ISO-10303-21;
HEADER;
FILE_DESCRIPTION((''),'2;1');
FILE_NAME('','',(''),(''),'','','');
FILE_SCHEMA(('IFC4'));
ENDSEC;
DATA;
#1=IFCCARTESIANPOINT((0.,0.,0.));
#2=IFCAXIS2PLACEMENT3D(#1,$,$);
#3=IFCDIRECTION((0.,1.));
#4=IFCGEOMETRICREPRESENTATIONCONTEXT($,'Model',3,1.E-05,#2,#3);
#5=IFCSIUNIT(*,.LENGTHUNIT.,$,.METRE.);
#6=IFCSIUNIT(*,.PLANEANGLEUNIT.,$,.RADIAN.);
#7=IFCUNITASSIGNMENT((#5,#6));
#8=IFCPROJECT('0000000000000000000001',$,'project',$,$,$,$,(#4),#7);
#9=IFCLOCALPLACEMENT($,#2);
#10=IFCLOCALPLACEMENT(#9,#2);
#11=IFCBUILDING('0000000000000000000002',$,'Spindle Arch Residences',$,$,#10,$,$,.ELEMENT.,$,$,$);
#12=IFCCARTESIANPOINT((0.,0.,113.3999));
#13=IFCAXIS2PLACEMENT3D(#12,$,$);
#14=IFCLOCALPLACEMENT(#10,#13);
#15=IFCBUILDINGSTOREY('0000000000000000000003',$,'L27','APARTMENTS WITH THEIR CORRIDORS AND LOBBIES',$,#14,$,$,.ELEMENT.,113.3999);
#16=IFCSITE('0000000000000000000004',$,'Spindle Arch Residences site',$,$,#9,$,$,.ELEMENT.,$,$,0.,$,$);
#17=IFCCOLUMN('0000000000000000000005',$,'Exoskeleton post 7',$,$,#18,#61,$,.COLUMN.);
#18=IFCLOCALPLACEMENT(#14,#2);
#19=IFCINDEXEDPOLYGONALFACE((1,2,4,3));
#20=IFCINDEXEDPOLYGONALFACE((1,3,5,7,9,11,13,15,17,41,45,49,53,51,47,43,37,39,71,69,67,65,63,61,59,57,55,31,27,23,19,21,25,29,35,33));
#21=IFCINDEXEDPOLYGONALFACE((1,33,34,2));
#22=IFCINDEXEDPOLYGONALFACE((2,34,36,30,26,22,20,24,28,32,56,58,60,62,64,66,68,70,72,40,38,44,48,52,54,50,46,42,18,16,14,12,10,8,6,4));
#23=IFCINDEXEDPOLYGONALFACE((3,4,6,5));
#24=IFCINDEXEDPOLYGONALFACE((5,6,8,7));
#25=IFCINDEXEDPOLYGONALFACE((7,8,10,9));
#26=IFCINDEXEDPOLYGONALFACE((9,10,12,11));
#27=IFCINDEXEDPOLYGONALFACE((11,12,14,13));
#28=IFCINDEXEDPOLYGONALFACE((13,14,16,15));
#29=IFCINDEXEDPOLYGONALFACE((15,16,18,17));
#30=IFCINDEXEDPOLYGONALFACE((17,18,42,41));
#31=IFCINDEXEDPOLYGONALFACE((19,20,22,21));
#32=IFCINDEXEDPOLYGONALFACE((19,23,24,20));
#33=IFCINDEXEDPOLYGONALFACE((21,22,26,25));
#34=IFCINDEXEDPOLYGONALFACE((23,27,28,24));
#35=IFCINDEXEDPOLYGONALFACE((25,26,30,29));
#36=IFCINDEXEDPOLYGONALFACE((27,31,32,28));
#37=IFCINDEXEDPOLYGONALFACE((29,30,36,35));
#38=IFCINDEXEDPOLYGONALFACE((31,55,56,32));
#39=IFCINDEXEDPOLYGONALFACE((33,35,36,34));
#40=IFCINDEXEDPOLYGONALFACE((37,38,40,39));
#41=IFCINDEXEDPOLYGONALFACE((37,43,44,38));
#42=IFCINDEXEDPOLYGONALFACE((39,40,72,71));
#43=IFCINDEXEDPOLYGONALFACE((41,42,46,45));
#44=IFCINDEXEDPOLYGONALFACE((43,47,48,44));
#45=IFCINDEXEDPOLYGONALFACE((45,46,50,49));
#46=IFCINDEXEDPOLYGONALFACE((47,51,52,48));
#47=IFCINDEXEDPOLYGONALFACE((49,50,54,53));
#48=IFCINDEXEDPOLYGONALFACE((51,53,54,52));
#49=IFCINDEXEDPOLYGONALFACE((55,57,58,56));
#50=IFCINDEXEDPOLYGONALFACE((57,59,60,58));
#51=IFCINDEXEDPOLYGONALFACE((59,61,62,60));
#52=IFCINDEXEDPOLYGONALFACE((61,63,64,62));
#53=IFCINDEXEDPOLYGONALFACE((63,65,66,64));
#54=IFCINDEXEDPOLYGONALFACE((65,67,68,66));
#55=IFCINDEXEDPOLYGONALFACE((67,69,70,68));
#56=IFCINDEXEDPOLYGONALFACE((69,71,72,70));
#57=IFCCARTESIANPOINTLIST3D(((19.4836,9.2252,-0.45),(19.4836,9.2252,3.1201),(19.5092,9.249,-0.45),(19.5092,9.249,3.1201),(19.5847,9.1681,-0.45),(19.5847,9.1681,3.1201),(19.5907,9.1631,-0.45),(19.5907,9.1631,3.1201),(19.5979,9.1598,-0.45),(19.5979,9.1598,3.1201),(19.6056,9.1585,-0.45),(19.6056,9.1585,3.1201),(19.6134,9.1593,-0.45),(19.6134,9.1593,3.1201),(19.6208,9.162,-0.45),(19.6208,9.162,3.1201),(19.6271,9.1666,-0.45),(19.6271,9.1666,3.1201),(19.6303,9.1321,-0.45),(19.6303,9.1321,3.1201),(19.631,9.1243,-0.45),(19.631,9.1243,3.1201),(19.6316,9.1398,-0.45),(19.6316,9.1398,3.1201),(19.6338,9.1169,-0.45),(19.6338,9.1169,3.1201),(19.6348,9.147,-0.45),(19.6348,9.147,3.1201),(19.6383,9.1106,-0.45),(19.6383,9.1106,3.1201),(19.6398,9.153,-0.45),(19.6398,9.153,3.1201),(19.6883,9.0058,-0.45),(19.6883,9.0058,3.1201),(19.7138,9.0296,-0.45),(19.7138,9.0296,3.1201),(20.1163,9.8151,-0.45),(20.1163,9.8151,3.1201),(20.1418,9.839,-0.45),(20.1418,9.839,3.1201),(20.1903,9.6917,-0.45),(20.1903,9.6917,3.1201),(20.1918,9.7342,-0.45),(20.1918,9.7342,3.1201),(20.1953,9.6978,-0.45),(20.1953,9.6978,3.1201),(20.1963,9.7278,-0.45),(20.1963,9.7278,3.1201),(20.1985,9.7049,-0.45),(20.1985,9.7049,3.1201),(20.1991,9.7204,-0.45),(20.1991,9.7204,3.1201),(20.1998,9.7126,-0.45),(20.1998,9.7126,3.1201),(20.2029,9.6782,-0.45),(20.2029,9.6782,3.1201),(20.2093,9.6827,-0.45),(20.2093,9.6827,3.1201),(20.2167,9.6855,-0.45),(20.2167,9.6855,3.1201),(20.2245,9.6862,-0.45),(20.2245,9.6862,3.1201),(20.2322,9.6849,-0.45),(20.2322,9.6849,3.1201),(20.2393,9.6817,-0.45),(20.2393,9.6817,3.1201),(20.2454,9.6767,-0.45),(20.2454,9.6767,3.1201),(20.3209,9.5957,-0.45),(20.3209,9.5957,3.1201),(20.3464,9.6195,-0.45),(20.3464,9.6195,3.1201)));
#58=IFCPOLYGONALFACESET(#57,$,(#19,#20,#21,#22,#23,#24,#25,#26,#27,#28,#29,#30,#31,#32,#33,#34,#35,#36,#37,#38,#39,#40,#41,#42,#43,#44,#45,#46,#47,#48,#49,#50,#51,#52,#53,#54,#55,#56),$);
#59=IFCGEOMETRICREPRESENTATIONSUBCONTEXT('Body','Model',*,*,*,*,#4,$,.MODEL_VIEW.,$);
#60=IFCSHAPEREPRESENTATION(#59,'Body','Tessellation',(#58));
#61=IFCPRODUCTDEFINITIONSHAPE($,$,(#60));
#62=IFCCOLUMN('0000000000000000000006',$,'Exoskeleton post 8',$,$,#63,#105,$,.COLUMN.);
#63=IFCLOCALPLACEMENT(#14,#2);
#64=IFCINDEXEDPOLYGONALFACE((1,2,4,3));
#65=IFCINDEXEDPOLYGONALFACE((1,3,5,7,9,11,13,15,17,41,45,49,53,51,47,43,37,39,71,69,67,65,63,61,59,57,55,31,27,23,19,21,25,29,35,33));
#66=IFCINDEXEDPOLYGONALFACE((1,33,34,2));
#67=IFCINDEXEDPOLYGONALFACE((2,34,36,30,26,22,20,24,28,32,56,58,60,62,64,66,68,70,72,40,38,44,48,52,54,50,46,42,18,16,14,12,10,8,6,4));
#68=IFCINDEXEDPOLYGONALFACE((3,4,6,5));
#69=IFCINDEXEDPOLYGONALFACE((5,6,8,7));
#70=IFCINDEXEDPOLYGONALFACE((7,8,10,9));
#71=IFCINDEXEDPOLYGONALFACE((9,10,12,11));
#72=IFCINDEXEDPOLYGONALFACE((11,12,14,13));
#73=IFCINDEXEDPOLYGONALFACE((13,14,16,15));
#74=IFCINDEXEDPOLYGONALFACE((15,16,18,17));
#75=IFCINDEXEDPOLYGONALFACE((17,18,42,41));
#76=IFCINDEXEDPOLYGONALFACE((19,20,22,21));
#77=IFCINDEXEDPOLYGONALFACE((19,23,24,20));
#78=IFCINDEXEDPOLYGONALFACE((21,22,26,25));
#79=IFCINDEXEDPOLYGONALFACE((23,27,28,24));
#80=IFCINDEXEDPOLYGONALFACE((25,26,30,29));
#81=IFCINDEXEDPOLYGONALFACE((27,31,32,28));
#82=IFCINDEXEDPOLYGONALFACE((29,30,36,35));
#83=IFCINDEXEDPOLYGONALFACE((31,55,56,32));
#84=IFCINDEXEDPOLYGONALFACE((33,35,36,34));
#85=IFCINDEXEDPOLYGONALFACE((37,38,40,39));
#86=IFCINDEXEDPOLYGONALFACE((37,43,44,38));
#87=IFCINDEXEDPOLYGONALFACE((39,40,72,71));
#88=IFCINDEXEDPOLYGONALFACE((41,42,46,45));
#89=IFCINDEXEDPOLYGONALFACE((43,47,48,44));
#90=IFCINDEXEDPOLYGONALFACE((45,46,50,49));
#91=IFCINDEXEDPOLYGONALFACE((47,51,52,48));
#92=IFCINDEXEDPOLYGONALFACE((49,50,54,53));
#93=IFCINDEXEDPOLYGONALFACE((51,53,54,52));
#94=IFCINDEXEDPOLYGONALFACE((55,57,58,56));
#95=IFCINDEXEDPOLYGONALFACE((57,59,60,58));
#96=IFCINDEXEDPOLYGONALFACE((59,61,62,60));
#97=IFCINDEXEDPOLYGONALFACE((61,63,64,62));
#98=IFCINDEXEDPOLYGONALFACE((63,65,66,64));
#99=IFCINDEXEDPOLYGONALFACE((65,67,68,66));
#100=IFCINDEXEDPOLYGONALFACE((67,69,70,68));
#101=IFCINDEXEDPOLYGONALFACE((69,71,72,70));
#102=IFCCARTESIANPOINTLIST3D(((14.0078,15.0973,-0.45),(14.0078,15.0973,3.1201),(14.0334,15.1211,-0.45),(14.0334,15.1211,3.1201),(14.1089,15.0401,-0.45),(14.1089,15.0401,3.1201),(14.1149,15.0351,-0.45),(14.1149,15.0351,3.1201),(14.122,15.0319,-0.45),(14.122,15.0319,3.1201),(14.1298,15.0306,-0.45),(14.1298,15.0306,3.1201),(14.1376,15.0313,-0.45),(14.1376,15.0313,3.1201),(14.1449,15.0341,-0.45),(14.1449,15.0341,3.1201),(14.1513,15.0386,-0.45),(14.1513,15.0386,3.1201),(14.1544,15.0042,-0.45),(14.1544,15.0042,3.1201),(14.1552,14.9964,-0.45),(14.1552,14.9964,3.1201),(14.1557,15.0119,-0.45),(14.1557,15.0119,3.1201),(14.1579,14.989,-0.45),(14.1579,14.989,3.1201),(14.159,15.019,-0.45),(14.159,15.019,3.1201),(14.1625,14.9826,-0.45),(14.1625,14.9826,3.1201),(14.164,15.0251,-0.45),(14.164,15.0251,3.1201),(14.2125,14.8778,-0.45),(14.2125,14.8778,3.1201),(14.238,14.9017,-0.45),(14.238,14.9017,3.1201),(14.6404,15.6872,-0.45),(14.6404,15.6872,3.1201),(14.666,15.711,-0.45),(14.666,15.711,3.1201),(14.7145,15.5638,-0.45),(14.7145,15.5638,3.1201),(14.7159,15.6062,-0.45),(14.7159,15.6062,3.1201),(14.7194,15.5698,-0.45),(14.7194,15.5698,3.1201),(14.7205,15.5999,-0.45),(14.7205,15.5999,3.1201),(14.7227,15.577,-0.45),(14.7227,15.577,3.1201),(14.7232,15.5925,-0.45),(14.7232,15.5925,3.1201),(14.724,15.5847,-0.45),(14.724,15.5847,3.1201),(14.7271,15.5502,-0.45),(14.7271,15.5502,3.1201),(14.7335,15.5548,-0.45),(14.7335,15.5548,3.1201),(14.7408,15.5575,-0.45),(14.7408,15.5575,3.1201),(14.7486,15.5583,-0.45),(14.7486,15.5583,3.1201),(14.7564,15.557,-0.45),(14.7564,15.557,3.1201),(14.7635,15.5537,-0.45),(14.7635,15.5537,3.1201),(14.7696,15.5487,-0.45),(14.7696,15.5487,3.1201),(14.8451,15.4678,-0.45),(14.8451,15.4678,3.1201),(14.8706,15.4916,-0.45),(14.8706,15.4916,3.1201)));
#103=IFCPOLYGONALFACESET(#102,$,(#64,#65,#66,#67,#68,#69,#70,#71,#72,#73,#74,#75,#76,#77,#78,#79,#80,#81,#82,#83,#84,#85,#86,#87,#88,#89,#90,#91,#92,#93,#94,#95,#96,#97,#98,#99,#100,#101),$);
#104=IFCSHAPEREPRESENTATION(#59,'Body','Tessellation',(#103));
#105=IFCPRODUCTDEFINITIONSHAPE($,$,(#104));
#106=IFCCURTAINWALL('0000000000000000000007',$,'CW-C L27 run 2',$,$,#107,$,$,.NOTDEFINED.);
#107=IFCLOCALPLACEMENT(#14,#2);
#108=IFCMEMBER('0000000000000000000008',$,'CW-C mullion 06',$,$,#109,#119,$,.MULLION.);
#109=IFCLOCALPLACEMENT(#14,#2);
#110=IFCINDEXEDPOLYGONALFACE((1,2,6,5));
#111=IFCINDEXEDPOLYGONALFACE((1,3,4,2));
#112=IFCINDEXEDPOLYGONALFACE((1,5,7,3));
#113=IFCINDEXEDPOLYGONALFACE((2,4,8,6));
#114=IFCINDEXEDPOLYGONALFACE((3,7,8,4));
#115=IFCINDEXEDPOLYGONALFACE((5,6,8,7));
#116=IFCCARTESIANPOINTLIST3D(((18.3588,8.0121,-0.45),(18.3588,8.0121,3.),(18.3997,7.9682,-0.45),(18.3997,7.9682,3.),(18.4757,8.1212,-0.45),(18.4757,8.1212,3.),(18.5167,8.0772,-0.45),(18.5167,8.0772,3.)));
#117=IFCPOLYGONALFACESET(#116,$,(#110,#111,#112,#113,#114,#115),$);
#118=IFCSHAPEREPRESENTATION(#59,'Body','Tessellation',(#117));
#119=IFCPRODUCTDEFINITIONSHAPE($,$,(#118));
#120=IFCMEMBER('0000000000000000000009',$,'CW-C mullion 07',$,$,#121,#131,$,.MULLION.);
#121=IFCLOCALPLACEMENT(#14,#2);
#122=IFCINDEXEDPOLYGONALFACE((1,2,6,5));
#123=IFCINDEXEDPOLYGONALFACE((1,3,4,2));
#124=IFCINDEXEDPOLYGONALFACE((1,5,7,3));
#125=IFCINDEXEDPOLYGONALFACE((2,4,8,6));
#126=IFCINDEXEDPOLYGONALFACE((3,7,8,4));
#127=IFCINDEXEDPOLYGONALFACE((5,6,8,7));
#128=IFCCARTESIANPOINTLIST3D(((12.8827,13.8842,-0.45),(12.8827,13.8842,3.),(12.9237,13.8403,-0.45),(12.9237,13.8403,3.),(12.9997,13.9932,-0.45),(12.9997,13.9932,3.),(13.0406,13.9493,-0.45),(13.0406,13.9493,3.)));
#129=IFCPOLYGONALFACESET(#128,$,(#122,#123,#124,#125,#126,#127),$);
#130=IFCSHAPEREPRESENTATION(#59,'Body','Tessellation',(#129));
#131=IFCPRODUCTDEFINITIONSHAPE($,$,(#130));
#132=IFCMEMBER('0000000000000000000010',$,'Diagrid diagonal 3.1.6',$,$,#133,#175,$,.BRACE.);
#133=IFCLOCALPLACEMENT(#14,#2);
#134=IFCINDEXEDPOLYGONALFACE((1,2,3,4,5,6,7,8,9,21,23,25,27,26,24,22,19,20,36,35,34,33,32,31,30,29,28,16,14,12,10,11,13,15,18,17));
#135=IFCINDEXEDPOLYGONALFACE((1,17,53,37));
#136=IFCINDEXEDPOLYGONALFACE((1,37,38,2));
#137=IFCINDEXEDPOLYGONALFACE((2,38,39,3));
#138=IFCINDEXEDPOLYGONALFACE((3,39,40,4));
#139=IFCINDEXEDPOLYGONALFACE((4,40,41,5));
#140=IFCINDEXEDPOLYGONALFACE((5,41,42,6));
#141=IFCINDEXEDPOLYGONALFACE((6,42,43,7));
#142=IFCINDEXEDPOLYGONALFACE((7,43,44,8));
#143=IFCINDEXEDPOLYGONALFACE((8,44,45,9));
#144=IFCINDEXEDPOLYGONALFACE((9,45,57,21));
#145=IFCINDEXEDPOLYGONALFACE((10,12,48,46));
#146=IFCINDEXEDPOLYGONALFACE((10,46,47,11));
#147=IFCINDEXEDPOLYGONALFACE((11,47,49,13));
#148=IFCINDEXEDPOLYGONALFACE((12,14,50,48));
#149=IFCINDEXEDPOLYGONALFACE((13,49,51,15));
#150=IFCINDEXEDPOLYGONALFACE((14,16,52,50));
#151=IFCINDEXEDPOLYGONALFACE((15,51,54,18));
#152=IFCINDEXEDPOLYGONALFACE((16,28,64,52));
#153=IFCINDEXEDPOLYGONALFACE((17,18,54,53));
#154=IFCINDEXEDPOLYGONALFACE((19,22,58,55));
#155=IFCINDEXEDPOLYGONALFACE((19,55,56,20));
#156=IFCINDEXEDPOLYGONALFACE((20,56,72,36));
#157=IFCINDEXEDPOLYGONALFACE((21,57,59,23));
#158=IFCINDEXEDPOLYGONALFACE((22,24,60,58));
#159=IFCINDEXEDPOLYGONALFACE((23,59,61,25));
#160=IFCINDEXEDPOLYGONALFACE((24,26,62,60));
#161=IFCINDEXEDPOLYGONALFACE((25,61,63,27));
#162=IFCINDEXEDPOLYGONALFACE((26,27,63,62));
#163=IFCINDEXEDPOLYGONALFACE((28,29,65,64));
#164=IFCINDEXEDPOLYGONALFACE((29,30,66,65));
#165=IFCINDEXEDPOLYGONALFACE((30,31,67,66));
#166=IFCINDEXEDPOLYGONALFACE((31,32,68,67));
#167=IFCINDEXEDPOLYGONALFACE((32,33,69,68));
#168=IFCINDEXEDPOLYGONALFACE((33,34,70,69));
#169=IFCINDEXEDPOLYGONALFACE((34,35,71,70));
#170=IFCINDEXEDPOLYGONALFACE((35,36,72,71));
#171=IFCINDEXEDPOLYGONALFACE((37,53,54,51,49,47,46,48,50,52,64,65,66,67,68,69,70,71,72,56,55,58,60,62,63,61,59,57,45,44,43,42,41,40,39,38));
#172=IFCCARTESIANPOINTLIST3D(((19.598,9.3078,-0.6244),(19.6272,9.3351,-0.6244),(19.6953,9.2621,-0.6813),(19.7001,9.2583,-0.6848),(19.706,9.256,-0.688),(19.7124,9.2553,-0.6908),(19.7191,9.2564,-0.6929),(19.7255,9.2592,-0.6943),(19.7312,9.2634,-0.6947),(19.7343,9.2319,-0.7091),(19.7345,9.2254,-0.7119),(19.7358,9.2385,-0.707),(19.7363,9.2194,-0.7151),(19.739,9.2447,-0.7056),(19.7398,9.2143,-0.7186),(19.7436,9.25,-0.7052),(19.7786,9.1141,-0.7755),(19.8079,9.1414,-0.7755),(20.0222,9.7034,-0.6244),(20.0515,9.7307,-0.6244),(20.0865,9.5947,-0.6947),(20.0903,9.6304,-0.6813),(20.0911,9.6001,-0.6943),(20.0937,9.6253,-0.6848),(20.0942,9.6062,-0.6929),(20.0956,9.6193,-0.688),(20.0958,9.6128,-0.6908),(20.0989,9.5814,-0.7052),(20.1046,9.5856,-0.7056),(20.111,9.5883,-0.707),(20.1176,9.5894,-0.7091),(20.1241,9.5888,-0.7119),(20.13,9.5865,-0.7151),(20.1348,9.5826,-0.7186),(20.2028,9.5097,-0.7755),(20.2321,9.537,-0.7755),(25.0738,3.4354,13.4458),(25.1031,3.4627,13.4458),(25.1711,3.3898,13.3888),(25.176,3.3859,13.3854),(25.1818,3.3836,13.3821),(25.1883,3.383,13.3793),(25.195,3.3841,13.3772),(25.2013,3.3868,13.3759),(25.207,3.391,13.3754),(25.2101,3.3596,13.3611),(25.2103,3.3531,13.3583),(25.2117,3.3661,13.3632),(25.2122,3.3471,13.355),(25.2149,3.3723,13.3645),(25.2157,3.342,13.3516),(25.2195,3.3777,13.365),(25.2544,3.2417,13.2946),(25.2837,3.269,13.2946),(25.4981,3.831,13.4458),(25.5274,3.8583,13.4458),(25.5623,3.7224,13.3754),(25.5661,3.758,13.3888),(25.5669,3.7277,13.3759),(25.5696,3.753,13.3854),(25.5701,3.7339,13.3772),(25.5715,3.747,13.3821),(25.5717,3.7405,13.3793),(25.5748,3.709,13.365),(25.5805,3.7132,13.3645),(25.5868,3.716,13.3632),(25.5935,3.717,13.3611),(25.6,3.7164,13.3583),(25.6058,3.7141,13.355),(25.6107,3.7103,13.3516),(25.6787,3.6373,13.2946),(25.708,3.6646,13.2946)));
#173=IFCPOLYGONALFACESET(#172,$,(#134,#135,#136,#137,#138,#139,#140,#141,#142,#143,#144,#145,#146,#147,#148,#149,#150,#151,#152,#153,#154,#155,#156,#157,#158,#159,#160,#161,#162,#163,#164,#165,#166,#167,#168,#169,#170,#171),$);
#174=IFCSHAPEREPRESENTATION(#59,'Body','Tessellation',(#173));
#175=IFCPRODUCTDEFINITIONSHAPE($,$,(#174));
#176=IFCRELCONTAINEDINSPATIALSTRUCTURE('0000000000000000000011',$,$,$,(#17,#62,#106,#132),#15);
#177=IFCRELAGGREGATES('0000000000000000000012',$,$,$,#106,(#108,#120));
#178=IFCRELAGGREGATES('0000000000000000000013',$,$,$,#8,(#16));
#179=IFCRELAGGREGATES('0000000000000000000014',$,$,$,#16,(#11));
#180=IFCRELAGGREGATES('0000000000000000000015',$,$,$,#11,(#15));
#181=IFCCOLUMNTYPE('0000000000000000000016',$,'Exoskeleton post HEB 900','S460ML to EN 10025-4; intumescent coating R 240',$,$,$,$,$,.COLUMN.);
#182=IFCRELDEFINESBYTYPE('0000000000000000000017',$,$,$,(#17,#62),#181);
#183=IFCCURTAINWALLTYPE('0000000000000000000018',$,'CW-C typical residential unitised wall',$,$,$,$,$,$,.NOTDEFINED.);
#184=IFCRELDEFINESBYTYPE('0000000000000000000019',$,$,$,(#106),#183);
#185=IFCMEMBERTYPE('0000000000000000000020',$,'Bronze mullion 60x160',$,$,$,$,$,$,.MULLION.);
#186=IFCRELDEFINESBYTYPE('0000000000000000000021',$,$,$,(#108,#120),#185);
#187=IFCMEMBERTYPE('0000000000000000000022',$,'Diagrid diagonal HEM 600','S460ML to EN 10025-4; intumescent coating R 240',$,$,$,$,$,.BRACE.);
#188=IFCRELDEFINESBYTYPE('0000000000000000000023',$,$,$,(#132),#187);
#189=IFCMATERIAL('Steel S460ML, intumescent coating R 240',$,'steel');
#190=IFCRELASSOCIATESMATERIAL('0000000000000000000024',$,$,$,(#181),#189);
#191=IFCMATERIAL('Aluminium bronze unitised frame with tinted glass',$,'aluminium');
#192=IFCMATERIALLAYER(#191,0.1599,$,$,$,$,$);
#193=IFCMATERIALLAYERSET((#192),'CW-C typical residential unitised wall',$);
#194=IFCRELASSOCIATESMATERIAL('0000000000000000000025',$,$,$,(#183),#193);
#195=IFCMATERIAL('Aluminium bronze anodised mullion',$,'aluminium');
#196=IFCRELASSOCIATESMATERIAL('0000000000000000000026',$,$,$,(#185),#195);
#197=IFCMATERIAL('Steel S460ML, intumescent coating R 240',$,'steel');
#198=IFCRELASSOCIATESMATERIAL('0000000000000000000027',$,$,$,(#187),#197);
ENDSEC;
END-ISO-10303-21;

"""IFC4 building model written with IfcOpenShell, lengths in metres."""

from ifc_helpers import new_model, si_unit, direction, frame, origin, origin_2d, place, context, subcontext, project, spatial, rectangle, i_section, extrude, material, layer, layer_set, material_profile, profile_set, type_object, element, aggregate, save


model = new_model("IFC4")

# Units and contexts
model_context = context("Model", 3, precision=1e-05, world=origin(), true_north=direction((0.0, 1.0)))
body_context = subcontext(model_context, "Body", "Model", "MODEL_VIEW")
ifc_project = project(units=[si_unit("LENGTHUNIT", "METRE"), si_unit("PLANEANGLEUNIT", "RADIAN")], contexts=[model_context])

# Site, building, storey
site_placement = place(None, origin())
site = spatial("IfcSite", under=ifc_project, at=site_placement, Name="Spindle Arch Residences site", CompositionType="ELEMENT", RefElevation=0.0)
building_placement = place(site_placement, origin())
building = spatial("IfcBuilding", under=site, at=building_placement, Name="Spindle Arch Residences", CompositionType="ELEMENT")
storey_placement = place(building_placement, frame((0.0, 0.0, 113.3999)))
storey = spatial("IfcBuildingStorey", under=building, at=storey_placement, Name="L27", Description="APARTMENTS WITH THEIR CORRIDORS AND LOBBIES", CompositionType="ELEMENT", Elevation=113.3999)

# Columns
ifc_material_1 = material(Name="Steel S460ML, intumescent coating R 240", Category="steel")
ifc_material_profile_1 = material_profile(ifc_material_1, i_section(OverallWidth=0.3, OverallDepth=0.8999, WebThickness=0.0186, FlangeThickness=0.0349, FilletRadius=0.03, at=origin_2d()), Name="HEB 900")
ifc_profile_set_1 = profile_set([ifc_material_profile_1], Name="Steel S460ML, intumescent coating R 240")
column_type = type_object("IfcColumnType", Name="Exoskeleton post HEB 900", Description="S460ML to EN 10025-4; intumescent coating R 240", PredefinedType="COLUMN", material=ifc_profile_set_1)
for number, where, z_axis, x_axis, name in (
    (1, (19.915, 9.4224, -0.45), (0.0, 0.0, 1.0), (0.681998, -0.731354, 0.0), "Exoskeleton post 7"),
    (2, (14.4392, 15.2944, -0.45), (0.0, 0.0, 1.0), (0.681998, -0.731354, 0.0), "Exoskeleton post 8"),
):
    element("IfcColumn", number, at=place(storey_placement, frame(where, z_axis=z_axis, x_axis=x_axis)), inside=storey, type_object=column_type, Name=name, PredefinedType="COLUMN", context=body_context, shape_type="SweptSolid", body=[
        extrude(i_section(OverallWidth=0.3, OverallDepth=0.8999, WebThickness=0.0186, FlangeThickness=0.0349, FilletRadius=0.03, at=origin_2d()), origin(), (0.0, 0.0, 1.0), 3.5701),
    ])

# Curtain wall, members
ifc_material_2 = material(Name="Aluminium bronze unitised frame with tinted glass", Category="aluminium")
ifc_layer_1 = layer(ifc_material_2, 0.1599)
ifc_layer_set_1 = layer_set([ifc_layer_1], Name="CW-C typical residential unitised wall")
curtain_wall_type = type_object("IfcCurtainWallType", Name="CW-C typical residential unitised wall", PredefinedType="NOTDEFINED", material=ifc_layer_set_1)
curtain_wall_placement = place(storey_placement, origin())
curtain_wall = element("IfcCurtainWall", 3, at=curtain_wall_placement, inside=storey, type_object=curtain_wall_type, Name="CW-C L27 run 2", PredefinedType="NOTDEFINED")
ifc_material_3 = material(Name="Aluminium bronze anodised mullion", Category="aluminium")
ifc_material_profile_2 = material_profile(ifc_material_3, rectangle(XDim=0.1599, YDim=0.0601, at=origin_2d()), Name="MU 60x160")
ifc_profile_set_2 = profile_set([ifc_material_profile_2], Name="Aluminium bronze anodised mullion")
member_type_1 = type_object("IfcMemberType", Name="Bronze mullion 60x160", PredefinedType="MULLION", material=ifc_profile_set_2)
member_1_placement = place(storey_placement, frame((18.4377, 8.0447, -0.45), z_axis=(0.0, 0.0, 1.0), x_axis=(-0.731354, -0.681998, 0.0)))
member_1 = element("IfcMember", 4, at=member_1_placement, type_object=member_type_1, Name="CW-C mullion 06", PredefinedType="MULLION", context=body_context, shape_type="SweptSolid", body=[
    extrude(rectangle(XDim=0.1599, YDim=0.0601, at=origin_2d()), origin(), (0.0, 0.0, 1.0), 3.45),
])
member_2_placement = place(storey_placement, frame((12.9617, 13.9167, -0.45), z_axis=(0.0, 0.0, 1.0), x_axis=(-0.731354, -0.681998, 0.0)))
member_2 = element("IfcMember", 5, at=member_2_placement, type_object=member_type_1, Name="CW-C mullion 07", PredefinedType="MULLION", context=body_context, shape_type="SweptSolid", body=[
    extrude(rectangle(XDim=0.1599, YDim=0.0601, at=origin_2d()), origin(), (0.0, 0.0, 1.0), 3.45),
])

# Member
ifc_material_4 = material(Name="Steel S460ML, intumescent coating R 240", Category="steel")
ifc_material_profile_3 = material_profile(ifc_material_4, i_section(OverallWidth=0.3049, OverallDepth=0.6201, WebThickness=0.021, FlangeThickness=0.04, FilletRadius=0.0271, at=origin_2d()), Name="HEM 600")
ifc_profile_set_3 = profile_set([ifc_material_profile_3], Name="Steel S460ML, intumescent coating R 240")
member_type_2 = type_object("IfcMemberType", Name="Diagrid diagonal HEM 600", Description="S460ML to EN 10025-4; intumescent coating R 240", PredefinedType="BRACE", material=ifc_profile_set_3)
member_3_placement = place(storey_placement, frame((19.915, 9.4224, -0.7), z_axis=(0.338017, -0.362492, 0.86853), x_axis=(-0.592325, 0.635213, 0.495637)))
element("IfcMember", 6, at=member_3_placement, inside=storey, type_object=member_type_2, Name="Diagrid diagonal 3.1.6", PredefinedType="BRACE", context=body_context, shape_type="SweptSolid", body=[
    extrude(i_section(OverallWidth=0.3049, OverallDepth=0.6201, WebThickness=0.021, FlangeThickness=0.04, FilletRadius=0.0271, at=origin_2d()), origin(), (0.0, 0.0, 1.0), 16.2),
])

aggregate(curtain_wall, [member_1, member_2])

save(model, "model.ifc")
